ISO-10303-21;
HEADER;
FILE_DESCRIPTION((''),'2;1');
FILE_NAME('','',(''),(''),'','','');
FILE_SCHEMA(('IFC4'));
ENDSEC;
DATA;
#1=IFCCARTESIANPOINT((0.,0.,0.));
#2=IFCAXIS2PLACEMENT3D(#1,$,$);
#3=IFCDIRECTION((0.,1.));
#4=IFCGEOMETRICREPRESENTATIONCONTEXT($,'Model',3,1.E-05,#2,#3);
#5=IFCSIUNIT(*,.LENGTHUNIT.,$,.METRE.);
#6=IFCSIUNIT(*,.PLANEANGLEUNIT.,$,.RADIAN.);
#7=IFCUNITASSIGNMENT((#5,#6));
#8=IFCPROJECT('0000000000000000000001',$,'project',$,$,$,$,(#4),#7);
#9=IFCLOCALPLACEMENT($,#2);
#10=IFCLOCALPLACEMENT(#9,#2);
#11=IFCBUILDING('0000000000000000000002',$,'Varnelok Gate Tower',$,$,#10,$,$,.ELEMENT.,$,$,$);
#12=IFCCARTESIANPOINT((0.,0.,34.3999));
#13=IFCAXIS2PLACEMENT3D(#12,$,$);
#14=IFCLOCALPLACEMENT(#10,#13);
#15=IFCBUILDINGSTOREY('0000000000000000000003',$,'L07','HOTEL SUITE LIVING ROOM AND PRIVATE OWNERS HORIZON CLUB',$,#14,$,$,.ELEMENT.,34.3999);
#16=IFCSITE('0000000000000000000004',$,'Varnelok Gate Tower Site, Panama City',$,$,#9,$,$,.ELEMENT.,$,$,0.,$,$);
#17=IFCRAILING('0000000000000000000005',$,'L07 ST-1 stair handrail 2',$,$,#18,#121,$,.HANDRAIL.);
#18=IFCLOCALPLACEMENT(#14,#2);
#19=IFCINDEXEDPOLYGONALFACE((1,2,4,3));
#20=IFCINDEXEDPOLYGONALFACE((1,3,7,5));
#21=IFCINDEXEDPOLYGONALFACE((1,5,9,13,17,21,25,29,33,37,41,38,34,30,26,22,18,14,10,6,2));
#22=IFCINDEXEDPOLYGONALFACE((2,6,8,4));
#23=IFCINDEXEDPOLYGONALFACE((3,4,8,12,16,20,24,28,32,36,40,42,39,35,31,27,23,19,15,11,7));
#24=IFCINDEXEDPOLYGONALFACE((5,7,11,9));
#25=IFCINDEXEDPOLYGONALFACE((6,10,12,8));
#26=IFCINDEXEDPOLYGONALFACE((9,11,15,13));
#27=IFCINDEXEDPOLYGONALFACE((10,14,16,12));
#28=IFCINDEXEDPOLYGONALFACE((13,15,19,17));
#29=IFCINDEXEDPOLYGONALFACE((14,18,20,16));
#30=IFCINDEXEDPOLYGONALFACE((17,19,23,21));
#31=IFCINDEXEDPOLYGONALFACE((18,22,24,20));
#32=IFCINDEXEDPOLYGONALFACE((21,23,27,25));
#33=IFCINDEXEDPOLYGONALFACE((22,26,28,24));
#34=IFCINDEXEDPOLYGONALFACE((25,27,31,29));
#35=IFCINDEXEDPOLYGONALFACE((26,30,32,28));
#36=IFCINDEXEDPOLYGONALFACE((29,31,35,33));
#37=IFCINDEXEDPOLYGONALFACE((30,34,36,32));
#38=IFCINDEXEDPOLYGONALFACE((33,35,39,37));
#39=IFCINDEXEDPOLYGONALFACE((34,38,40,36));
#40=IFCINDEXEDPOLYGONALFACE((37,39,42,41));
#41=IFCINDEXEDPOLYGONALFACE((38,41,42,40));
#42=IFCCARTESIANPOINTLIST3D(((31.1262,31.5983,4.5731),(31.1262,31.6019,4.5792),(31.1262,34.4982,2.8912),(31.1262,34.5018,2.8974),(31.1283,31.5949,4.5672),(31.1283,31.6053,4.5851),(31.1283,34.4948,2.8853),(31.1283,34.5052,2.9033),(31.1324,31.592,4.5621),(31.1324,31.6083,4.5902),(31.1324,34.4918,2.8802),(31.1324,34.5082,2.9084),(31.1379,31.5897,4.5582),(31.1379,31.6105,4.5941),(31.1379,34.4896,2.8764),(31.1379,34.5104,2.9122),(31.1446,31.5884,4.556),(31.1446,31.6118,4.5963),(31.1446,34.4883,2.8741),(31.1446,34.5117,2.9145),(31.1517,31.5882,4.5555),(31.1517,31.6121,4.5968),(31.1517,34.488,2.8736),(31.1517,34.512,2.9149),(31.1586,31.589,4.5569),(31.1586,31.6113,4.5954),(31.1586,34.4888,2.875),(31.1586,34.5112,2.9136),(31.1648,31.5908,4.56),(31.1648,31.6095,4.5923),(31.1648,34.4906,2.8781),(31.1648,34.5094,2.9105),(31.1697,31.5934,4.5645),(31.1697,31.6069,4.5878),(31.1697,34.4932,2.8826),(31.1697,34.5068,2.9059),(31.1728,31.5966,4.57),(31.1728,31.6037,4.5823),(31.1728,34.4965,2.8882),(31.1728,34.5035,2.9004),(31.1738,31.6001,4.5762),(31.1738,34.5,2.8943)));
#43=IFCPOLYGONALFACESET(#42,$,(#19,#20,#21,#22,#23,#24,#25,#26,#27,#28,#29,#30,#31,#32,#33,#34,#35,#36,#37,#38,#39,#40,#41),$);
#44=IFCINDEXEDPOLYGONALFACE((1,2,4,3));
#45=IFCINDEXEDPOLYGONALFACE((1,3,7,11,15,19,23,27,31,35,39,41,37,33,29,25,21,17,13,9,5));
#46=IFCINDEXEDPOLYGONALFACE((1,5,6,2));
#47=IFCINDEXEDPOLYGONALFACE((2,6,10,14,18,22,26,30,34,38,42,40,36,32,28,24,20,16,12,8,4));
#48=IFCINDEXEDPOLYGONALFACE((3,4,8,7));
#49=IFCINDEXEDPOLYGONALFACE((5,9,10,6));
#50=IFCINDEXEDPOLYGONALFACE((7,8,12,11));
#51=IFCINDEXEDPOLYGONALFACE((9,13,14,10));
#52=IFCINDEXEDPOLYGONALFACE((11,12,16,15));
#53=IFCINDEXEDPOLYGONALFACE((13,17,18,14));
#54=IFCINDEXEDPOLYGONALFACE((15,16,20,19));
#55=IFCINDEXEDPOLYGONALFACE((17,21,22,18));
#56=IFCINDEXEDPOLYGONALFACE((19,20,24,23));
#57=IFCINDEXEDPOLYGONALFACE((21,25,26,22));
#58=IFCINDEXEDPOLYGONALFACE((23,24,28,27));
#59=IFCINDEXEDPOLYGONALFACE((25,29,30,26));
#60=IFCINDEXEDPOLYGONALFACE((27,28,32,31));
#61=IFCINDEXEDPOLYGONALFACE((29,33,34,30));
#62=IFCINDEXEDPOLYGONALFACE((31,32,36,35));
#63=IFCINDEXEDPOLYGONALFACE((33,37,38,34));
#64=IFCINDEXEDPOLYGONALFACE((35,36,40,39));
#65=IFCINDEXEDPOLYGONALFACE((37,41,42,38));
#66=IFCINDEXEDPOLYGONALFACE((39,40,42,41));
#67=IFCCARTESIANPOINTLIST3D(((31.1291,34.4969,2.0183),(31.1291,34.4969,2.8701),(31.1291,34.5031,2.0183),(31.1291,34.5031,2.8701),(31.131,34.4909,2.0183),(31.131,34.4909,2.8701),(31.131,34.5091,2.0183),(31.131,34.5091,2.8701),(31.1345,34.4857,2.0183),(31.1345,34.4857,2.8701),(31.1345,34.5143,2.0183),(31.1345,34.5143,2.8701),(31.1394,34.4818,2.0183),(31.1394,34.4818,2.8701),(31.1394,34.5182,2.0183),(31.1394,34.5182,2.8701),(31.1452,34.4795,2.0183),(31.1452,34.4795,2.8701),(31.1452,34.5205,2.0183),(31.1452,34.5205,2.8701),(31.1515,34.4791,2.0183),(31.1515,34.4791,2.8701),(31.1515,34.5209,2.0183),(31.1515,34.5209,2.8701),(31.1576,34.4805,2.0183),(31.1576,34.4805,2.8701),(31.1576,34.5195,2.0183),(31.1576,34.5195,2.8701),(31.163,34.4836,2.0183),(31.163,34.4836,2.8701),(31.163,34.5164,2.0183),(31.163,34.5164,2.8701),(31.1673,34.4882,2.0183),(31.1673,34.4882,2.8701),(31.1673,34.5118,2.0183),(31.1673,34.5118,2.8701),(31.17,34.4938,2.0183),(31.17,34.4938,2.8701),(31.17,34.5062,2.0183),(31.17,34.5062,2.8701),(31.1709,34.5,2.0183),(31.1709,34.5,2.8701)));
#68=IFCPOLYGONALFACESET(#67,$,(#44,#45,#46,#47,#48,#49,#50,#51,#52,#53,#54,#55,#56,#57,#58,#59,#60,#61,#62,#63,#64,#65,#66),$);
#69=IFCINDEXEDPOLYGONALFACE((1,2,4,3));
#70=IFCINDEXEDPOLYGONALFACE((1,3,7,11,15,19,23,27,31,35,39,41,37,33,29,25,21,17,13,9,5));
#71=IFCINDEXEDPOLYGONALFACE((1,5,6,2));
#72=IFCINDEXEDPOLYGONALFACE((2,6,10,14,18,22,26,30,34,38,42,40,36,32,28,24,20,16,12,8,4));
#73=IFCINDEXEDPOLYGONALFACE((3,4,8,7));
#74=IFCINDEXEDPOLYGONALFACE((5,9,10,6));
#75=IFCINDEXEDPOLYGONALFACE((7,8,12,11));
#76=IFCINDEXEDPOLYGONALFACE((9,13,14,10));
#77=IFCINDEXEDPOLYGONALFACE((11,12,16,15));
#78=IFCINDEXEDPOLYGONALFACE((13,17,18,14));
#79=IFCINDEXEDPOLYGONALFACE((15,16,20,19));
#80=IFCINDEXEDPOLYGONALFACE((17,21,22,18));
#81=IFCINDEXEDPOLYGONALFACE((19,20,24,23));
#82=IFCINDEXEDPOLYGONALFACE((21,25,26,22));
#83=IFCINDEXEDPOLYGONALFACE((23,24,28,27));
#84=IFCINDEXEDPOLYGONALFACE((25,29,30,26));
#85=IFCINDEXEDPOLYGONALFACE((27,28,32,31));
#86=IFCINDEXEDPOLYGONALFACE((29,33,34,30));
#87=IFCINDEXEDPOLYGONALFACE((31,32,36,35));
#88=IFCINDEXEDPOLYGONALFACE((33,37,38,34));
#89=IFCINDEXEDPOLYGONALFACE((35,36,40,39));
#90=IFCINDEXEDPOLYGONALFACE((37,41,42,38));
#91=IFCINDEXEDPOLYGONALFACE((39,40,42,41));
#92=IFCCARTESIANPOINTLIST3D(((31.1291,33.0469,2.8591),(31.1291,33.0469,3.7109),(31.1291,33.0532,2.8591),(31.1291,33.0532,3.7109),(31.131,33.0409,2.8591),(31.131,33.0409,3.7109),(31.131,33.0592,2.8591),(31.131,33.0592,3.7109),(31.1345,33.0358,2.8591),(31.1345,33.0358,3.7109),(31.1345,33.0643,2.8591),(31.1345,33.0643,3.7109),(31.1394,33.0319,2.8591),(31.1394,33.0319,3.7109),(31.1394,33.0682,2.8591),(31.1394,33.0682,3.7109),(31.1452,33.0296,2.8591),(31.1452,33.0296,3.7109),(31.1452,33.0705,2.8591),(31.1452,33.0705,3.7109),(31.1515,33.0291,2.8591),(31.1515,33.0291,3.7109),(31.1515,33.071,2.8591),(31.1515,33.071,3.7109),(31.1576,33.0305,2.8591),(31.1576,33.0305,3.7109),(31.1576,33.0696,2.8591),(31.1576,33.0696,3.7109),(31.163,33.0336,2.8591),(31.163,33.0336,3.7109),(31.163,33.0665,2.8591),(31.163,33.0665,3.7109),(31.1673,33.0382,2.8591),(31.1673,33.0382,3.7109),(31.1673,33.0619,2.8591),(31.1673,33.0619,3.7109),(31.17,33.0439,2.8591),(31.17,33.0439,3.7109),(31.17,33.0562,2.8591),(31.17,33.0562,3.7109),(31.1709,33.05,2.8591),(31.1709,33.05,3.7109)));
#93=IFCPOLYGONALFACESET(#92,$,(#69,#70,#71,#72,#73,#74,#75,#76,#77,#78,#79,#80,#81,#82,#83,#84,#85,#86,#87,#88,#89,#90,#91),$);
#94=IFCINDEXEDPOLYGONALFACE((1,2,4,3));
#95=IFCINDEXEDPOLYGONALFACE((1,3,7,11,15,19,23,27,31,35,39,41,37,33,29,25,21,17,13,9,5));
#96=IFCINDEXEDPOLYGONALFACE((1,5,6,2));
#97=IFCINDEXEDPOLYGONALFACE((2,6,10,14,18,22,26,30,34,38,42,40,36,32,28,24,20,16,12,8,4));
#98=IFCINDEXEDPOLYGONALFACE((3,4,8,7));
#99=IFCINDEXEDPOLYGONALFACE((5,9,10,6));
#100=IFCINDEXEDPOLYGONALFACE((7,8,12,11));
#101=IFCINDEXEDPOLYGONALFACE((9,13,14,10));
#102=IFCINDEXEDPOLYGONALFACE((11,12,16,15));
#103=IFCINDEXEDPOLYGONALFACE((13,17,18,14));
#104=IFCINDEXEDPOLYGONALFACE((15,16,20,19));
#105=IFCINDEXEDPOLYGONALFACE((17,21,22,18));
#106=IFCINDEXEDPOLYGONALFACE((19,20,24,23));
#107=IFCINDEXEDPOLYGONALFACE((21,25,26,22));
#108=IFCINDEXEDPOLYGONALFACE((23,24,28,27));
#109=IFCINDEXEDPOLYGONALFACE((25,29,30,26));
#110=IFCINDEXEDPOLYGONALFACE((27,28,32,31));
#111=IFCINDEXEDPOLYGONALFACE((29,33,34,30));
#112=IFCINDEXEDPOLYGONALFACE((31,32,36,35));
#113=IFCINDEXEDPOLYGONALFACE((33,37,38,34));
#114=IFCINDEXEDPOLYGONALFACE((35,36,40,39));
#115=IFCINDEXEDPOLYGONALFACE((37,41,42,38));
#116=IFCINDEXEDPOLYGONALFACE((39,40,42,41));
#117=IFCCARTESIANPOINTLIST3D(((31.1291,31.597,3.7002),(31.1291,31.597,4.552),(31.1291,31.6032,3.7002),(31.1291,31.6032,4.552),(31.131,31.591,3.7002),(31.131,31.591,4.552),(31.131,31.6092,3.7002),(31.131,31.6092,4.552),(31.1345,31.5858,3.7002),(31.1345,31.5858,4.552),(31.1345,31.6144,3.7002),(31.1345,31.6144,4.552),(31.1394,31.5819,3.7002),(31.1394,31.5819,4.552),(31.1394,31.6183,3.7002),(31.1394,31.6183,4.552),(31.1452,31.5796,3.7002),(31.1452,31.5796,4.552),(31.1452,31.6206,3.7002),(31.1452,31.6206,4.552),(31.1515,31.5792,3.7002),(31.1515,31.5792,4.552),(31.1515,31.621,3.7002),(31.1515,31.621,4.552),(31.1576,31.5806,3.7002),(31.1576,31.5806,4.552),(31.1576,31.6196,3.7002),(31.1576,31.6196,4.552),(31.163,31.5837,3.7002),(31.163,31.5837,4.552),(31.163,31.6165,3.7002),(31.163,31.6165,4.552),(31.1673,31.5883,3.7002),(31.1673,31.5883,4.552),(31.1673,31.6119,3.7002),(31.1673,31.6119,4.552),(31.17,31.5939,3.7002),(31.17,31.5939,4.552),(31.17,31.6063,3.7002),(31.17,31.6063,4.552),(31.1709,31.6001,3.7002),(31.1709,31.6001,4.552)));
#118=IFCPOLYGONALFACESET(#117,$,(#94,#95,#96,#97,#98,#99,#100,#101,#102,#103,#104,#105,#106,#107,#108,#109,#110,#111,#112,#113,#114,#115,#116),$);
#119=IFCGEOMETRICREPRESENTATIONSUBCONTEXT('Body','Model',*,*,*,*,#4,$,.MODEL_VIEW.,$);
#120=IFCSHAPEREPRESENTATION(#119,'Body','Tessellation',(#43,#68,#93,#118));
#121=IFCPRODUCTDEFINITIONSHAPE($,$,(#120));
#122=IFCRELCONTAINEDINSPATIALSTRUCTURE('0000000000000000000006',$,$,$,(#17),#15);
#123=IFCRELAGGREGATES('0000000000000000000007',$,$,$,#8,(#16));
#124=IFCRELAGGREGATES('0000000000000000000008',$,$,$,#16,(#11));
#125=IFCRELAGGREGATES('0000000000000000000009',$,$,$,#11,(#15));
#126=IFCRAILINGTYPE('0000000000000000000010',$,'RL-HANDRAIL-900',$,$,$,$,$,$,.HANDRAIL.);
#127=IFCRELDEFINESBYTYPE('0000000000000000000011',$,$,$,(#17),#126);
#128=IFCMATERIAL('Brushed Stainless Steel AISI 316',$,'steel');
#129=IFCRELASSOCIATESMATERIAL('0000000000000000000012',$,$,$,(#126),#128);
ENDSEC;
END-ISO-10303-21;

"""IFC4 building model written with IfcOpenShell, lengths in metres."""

from ifc_helpers import new_model, si_unit, direction, frame, origin, origin_2d, place, context, subcontext, project, spatial, circle, extrude, material, type_object, element, save


model = new_model("IFC4")

# Units and contexts
model_context = context("Model", 3, precision=1e-05, world=origin(), true_north=direction((0.0, 1.0)))
body_context = subcontext(model_context, "Body", "Model", "MODEL_VIEW")
ifc_project = project(units=[si_unit("LENGTHUNIT", "METRE"), si_unit("PLANEANGLEUNIT", "RADIAN")], contexts=[model_context])

# Site, building, storey
site_placement = place(None, origin())
site = spatial("IfcSite", under=ifc_project, at=site_placement, Name="Varnelok Gate Tower Site, Panama City", CompositionType="ELEMENT", RefElevation=0.0)
building_placement = place(site_placement, origin())
building = spatial("IfcBuilding", under=site, at=building_placement, Name="Varnelok Gate Tower", CompositionType="ELEMENT")
storey_placement = place(building_placement, frame((0.0, 0.0, 34.3999)))
storey = spatial("IfcBuildingStorey", under=building, at=storey_placement, Name="L07", Description="HOTEL SUITE LIVING ROOM AND PRIVATE OWNERS HORIZON CLUB", CompositionType="ELEMENT", Elevation=34.3999)

# Railing
ifc_material_1 = material(Name="Brushed Stainless Steel AISI 316", Category="steel")
railing_type_1 = type_object("IfcRailingType", Name="RL-HANDRAIL-900", PredefinedType="HANDRAIL", material=ifc_material_1)
railing_1_placement = place(storey_placement, frame((31.1499, 34.5, 2.0183)))
element("IfcRailing", 1, at=railing_1_placement, inside=storey, type_object=railing_type_1, Name="L07 ST-1 stair handrail 2", PredefinedType="HANDRAIL", context=body_context, shape_type="SweptSolid", body=[
    extrude(circle(Radius=0.0239, at=origin_2d()), frame((0.0, 0.0, 0.876), z_axis=(0.0, -0.865039, 0.501705), x_axis=(1.0, 0.0, 0.0)), (0.0, 0.0, 1.0), 3.3523),
    extrude(circle(Radius=0.021, at=origin_2d()), origin(), (0.0, 0.0, 1.0), 0.8518),
    extrude(circle(Radius=0.021, at=origin_2d()), frame((0.0, -1.45, 0.8408)), (0.0, 0.0, 1.0), 0.8518),
    extrude(circle(Radius=0.021, at=origin_2d()), frame((0.0, -2.8999, 1.6819)), (0.0, 0.0, 1.0), 0.8518),
])

save(model, "model.ifc")
